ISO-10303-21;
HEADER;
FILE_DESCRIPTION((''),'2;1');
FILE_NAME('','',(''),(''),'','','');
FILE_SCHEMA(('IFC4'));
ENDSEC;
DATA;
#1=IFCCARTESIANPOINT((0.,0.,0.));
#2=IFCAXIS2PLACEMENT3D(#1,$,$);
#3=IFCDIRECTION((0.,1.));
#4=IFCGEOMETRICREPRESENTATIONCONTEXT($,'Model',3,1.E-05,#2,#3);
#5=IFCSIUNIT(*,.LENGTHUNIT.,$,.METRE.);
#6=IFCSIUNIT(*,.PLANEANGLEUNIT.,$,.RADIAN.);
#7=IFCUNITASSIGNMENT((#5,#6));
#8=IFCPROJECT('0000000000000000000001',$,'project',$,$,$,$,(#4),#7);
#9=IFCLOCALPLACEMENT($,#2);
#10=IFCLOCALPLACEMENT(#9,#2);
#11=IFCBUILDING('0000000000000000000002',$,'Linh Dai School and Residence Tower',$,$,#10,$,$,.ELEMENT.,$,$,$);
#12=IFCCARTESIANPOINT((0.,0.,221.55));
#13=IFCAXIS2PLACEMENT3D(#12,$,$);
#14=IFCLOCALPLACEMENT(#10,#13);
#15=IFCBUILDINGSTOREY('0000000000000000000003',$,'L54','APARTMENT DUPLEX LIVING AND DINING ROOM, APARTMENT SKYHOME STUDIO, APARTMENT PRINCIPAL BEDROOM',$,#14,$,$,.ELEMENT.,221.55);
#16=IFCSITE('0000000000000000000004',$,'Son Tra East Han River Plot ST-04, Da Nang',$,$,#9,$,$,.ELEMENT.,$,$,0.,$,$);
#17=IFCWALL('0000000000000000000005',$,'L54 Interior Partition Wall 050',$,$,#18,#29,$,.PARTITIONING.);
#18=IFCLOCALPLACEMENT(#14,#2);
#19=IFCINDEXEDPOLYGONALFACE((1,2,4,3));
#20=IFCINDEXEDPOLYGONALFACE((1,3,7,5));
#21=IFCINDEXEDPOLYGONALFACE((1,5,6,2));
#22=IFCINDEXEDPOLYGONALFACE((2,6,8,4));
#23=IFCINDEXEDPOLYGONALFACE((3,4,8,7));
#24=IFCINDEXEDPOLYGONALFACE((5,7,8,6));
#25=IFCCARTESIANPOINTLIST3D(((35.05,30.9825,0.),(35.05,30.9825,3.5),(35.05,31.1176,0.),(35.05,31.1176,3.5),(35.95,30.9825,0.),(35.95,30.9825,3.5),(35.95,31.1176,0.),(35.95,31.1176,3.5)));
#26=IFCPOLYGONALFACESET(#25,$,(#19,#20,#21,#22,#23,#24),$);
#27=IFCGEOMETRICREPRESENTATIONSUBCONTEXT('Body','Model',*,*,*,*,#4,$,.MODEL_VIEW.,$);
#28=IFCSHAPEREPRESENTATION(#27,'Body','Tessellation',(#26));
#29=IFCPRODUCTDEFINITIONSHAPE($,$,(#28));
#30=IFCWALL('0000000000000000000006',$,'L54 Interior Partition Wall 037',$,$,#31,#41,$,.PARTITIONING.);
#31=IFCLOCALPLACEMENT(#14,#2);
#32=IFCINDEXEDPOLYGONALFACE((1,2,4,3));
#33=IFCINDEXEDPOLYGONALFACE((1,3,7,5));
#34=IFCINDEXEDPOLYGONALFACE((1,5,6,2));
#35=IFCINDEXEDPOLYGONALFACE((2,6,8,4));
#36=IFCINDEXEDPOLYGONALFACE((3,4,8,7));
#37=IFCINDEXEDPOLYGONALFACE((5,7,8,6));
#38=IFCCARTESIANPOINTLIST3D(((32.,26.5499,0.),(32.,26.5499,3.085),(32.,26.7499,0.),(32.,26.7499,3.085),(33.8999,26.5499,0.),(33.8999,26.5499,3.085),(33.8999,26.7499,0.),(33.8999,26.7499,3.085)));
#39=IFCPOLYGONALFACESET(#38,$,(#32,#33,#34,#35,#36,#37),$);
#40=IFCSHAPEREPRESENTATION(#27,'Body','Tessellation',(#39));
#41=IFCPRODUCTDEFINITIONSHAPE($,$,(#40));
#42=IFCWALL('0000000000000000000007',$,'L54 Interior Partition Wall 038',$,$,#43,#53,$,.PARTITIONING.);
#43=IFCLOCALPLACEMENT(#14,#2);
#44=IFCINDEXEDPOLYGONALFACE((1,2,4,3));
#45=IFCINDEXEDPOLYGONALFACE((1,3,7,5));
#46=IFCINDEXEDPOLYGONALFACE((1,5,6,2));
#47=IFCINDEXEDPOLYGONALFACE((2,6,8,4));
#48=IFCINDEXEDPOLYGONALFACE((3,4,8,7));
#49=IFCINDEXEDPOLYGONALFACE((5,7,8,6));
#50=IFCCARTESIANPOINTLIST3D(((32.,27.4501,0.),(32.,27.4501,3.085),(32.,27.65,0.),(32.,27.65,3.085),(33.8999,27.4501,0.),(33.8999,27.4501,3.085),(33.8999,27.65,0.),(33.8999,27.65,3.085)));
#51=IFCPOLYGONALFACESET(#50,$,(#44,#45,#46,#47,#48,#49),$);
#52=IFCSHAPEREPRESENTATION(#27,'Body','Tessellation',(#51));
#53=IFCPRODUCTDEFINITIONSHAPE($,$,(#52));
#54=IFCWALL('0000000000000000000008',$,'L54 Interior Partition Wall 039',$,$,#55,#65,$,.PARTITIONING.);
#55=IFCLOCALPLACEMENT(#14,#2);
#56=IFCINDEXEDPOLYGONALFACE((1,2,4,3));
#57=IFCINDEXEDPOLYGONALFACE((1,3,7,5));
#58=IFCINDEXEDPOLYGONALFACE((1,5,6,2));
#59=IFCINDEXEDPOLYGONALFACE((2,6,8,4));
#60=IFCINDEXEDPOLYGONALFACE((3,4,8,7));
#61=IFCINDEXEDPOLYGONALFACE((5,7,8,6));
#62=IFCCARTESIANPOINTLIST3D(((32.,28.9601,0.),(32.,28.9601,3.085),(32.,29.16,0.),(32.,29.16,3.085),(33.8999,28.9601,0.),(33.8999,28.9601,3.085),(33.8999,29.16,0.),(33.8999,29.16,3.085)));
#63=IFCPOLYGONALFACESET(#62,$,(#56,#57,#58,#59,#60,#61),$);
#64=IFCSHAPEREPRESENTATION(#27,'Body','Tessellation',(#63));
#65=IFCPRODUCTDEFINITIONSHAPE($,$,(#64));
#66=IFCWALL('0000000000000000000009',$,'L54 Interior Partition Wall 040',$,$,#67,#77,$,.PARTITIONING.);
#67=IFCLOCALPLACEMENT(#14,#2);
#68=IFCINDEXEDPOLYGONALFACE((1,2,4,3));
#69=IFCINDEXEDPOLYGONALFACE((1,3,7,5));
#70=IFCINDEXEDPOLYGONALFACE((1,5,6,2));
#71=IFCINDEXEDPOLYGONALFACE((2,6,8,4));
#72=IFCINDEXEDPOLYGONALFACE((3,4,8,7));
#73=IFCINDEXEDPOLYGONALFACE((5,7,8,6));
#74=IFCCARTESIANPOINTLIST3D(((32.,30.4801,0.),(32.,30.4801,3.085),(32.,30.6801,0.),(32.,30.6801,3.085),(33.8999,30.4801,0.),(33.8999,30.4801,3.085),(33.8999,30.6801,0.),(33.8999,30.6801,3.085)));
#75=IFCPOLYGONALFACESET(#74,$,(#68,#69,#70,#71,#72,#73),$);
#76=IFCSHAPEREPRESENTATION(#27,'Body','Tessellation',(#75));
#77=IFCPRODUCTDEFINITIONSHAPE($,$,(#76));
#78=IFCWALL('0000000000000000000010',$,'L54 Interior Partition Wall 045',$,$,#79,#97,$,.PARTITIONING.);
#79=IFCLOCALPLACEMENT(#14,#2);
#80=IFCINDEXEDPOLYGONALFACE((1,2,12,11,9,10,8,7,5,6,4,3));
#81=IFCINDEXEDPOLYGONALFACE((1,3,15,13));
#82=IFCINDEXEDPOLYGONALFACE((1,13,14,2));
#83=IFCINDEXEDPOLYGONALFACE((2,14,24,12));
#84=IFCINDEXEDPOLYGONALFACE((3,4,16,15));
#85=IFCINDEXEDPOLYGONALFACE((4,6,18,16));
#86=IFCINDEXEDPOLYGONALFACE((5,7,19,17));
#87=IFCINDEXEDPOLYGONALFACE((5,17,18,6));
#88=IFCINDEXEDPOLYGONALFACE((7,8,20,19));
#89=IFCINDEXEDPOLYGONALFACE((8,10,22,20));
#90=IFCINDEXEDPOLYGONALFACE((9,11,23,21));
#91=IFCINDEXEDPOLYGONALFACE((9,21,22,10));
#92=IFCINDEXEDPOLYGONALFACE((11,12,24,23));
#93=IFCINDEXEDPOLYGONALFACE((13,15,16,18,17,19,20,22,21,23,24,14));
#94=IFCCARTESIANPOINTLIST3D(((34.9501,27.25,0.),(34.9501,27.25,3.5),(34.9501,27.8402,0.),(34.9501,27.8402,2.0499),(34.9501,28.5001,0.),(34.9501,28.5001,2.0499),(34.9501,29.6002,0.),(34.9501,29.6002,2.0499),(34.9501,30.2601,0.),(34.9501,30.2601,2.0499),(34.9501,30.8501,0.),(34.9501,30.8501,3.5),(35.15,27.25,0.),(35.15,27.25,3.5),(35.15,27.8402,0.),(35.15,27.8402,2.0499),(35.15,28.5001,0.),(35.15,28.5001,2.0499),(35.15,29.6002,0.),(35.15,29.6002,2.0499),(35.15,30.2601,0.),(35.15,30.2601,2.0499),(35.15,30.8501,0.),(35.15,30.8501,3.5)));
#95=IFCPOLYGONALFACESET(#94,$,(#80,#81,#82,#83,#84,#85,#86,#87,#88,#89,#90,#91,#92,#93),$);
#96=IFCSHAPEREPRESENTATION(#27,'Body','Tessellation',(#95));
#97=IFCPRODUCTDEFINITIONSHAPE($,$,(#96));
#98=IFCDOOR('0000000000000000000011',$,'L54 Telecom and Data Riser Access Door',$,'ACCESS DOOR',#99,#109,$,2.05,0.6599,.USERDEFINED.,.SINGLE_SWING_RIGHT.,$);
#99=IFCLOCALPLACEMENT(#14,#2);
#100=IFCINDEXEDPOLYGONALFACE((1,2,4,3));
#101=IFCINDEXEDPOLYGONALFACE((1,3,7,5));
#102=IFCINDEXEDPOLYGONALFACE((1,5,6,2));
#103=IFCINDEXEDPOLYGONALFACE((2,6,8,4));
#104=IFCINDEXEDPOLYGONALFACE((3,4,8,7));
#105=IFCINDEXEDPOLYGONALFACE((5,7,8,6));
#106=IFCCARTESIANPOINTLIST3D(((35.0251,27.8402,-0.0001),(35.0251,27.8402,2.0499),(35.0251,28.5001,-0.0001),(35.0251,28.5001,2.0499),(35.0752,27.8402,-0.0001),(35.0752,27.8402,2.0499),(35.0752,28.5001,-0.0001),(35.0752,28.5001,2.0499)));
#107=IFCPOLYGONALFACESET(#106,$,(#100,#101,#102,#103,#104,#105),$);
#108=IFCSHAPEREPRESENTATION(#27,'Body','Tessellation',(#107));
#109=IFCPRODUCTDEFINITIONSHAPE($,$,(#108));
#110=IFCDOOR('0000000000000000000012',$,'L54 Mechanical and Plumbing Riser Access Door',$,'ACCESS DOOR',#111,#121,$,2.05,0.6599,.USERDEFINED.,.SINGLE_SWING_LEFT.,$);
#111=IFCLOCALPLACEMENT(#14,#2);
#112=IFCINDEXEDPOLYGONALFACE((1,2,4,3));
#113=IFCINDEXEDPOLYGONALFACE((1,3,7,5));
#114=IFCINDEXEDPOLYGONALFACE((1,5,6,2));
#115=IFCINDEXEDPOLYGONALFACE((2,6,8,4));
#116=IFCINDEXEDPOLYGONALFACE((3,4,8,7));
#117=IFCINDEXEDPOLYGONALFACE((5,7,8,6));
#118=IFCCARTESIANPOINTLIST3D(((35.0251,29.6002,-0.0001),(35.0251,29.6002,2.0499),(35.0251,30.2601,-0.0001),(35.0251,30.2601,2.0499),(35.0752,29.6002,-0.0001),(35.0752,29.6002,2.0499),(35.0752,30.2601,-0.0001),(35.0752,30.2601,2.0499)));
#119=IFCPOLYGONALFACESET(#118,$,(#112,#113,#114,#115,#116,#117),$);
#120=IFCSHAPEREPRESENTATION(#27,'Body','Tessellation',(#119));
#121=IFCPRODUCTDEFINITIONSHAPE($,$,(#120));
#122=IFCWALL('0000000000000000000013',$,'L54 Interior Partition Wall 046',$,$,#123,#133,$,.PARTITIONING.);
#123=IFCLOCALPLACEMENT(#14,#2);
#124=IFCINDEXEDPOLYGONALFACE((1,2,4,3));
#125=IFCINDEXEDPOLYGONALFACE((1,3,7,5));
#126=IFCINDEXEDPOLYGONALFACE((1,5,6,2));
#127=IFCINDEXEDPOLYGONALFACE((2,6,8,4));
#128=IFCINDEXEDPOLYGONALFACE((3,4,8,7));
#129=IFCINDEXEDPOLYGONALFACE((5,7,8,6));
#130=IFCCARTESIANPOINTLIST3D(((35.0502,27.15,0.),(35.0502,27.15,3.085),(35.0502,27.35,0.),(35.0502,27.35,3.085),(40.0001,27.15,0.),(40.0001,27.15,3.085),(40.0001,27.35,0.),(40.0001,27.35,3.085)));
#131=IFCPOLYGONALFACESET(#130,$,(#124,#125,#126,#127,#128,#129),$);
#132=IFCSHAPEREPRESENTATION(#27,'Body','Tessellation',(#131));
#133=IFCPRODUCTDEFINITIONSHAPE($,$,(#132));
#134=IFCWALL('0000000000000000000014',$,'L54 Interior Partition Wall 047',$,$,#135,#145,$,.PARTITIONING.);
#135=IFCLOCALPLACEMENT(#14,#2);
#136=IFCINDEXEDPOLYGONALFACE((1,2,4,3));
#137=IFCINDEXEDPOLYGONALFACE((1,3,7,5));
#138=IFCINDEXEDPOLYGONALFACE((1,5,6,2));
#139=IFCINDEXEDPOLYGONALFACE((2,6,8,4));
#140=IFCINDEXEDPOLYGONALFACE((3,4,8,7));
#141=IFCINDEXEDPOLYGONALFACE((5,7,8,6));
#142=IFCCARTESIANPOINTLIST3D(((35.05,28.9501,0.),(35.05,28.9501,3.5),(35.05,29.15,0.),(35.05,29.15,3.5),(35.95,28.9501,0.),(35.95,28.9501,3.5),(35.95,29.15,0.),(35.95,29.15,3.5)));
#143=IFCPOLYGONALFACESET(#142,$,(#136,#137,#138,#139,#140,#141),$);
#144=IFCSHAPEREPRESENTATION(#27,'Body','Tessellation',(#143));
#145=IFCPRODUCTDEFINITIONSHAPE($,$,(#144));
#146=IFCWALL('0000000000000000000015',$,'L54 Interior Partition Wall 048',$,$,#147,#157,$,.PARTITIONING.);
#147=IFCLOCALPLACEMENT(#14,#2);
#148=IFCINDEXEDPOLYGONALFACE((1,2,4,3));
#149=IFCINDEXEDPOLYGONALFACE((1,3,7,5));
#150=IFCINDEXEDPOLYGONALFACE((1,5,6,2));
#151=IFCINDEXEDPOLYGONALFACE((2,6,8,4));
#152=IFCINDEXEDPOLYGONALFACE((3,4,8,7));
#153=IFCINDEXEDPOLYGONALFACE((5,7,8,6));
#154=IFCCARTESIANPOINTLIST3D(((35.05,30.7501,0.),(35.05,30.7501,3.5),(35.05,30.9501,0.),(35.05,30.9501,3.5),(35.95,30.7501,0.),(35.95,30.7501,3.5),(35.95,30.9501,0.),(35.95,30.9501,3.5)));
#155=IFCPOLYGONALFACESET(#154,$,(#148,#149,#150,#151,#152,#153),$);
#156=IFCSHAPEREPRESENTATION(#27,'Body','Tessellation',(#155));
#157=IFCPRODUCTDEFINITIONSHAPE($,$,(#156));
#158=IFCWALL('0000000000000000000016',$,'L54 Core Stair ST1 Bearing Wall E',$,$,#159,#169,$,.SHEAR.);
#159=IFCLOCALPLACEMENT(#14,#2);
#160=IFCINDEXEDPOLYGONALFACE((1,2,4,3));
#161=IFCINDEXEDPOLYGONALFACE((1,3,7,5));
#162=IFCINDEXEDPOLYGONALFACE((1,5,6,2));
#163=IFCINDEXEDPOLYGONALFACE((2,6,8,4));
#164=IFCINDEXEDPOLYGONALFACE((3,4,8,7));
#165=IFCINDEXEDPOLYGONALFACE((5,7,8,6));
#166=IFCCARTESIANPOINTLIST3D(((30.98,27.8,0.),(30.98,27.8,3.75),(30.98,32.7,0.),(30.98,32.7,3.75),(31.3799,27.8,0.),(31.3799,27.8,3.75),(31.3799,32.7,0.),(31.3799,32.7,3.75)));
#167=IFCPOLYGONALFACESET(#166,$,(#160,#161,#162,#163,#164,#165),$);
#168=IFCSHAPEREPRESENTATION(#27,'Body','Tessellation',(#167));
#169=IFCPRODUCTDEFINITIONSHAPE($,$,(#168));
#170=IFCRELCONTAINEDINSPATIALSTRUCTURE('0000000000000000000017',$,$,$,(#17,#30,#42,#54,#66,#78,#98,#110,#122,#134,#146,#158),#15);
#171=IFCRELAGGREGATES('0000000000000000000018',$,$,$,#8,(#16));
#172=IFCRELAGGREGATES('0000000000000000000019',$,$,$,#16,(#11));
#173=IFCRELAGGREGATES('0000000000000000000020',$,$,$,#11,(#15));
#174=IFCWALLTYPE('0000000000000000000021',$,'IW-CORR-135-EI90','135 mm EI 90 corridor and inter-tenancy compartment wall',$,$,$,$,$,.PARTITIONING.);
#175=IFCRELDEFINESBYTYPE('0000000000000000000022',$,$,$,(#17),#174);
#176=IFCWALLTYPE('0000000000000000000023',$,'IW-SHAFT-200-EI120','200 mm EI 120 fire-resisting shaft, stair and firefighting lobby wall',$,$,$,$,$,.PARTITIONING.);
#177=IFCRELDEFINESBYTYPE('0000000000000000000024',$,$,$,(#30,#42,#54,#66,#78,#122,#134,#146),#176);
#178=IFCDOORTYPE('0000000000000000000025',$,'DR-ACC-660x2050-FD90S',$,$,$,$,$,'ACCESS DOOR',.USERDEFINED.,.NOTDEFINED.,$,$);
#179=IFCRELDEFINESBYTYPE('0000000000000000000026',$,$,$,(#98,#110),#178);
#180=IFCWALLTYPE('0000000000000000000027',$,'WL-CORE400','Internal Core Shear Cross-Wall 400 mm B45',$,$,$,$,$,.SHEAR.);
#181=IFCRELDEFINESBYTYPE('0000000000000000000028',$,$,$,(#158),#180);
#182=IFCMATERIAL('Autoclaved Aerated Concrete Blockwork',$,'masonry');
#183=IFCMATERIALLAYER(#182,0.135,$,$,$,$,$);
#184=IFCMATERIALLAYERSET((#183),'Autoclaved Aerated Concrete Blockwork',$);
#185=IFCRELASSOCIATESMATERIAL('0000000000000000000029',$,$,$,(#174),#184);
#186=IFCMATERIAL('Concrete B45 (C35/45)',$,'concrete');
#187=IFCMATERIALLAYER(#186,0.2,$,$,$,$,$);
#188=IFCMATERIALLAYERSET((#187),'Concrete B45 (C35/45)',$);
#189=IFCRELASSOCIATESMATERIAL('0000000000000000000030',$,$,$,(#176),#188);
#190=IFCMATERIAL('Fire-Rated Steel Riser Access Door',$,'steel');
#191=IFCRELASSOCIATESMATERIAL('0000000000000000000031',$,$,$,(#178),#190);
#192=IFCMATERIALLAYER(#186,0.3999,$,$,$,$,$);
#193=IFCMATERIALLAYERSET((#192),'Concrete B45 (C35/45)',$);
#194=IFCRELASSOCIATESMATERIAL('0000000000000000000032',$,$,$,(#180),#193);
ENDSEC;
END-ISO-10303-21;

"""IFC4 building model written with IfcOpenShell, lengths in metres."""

from ifc_helpers import new_model, si_unit, direction, frame, frame_2d, origin, origin_2d, place, context, subcontext, project, spatial, rectangle, extrude, source, transform, mapped, material, layer, layer_set, type_object, element, fill, save


model = new_model("IFC4")

# Units and contexts
model_context = context("Model", 3, precision=1e-05, world=origin(), true_north=direction((0.0, 1.0)))
body_context = subcontext(model_context, "Body", "Model", "MODEL_VIEW")
ifc_project = project(units=[si_unit("LENGTHUNIT", "METRE"), si_unit("PLANEANGLEUNIT", "RADIAN")], contexts=[model_context])

# Site, building, storey
site_placement = place(None, origin())
site = spatial("IfcSite", under=ifc_project, at=site_placement, Name="Son Tra East Han River Plot ST-04, Da Nang", CompositionType="ELEMENT", RefElevation=0.0)
building_placement = place(site_placement, origin())
building = spatial("IfcBuilding", under=site, at=building_placement, Name="Linh Dai School and Residence Tower", CompositionType="ELEMENT")
storey_placement = place(building_placement, frame((0.0, 0.0, 221.55)))
storey = spatial("IfcBuildingStorey", under=building, at=storey_placement, Name="L54", Description="APARTMENT DUPLEX LIVING AND DINING ROOM, APARTMENT SKYHOME STUDIO, APARTMENT PRINCIPAL BEDROOM", CompositionType="ELEMENT", Elevation=221.55)

# Shared definitions
ifc_material_1 = material(Name="Autoclaved Aerated Concrete Blockwork", Category="masonry")
ifc_layer_1 = layer(ifc_material_1, 0.135)
ifc_layer_set_1 = layer_set([ifc_layer_1], Name="Autoclaved Aerated Concrete Blockwork")
wall_type_1 = type_object("IfcWallType", Name="IW-CORR-135-EI90", Description="135 mm EI 90 corridor and inter-tenancy compartment wall", PredefinedType="PARTITIONING", material=ifc_layer_set_1)

# Walls
wall_1_placement = place(storey_placement, frame((35.05, 31.05, 0.0), z_axis=(0.0, 0.0, 1.0), x_axis=(1.0, 0.0, 0.0)))
element("IfcWall", 1, at=wall_1_placement, inside=storey, type_object=wall_type_1, Name="L54 Interior Partition Wall 050", PredefinedType="PARTITIONING", context=body_context, shape_type="SweptSolid", body=[
    extrude(rectangle(XDim=0.8999, YDim=0.135, at=frame_2d((0.45, 0.0))), origin(), (0.0, 0.0, 1.0), 3.5),
])
ifc_material_2 = material(Name="Concrete B45 (C35/45)", Category="concrete")
ifc_layer_2 = layer(ifc_material_2, 0.2)
ifc_layer_set_2 = layer_set([ifc_layer_2], Name="Concrete B45 (C35/45)")
wall_type_2 = type_object("IfcWallType", Name="IW-SHAFT-200-EI120", Description="200 mm EI 120 fire-resisting shaft, stair and firefighting lobby wall", PredefinedType="PARTITIONING", material=ifc_layer_set_2)
for number, where, z_axis, x_axis, name in (
    (2, (32.0, 26.6499, 0.0), (0.0, 0.0, 1.0), (1.0, 0.0, 0.0), "L54 Interior Partition Wall 037"),
    (3, (32.0, 27.55, 0.0), (0.0, 0.0, 1.0), (1.0, 0.0, 0.0), "L54 Interior Partition Wall 038"),
    (4, (32.0, 29.0601, 0.0), (0.0, 0.0, 1.0), (1.0, 0.0, 0.0), "L54 Interior Partition Wall 039"),
    (5, (32.0, 30.5801, 0.0), (0.0, 0.0, 1.0), (1.0, 0.0, 0.0), "L54 Interior Partition Wall 040"),
):
    element("IfcWall", number, at=place(storey_placement, frame(where, z_axis=z_axis, x_axis=x_axis)), inside=storey, type_object=wall_type_2, Name=name, PredefinedType="PARTITIONING", context=body_context, shape_type="SweptSolid", body=[
        extrude(rectangle(XDim=1.8999, YDim=0.2, at=frame_2d((0.95, 0.0))), origin(), (0.0, 0.0, 1.0), 3.085),
    ])

# Wall, openings, doors
wall_2_placement = place(storey_placement, frame((35.05, 27.25, 0.0), z_axis=(0.0, 0.0, 1.0), x_axis=(0.0, 1.0, 0.0)))
wall_2 = element("IfcWall", 6, at=wall_2_placement, inside=storey, type_object=wall_type_2, Name="L54 Interior Partition Wall 045", PredefinedType="PARTITIONING", context=body_context, shape_type="SweptSolid", body=[
    extrude(rectangle(XDim=3.6001, YDim=0.2, at=frame_2d((1.8, 0.0))), origin(), (0.0, 0.0, 1.0), 3.5),
])
opening_1_placement = place(wall_2_placement, frame((0.5901, 0.0, 0.0)))
opening_1 = element("IfcOpeningElement", 7, at=opening_1_placement, cuts=wall_2, PredefinedType="OPENING", context=body_context, shape_type="SweptSolid", body=[
    extrude(rectangle(XDim=0.6599, YDim=2.05, at=origin_2d()), frame((0.3301, 0.1099, 1.0249), z_axis=(0.0, -1.0, 0.0), x_axis=(1.0, 0.0, 0.0)), (0.0, 0.0, 1.0), 0.22),
])
opening_2_placement = place(wall_2_placement, frame((2.3501, 0.0, 0.0)))
opening_2 = element("IfcOpeningElement", 8, at=opening_2_placement, cuts=wall_2, PredefinedType="OPENING", context=body_context, shape_type="SweptSolid", body=[
    extrude(rectangle(XDim=0.6599, YDim=2.05, at=origin_2d()), frame((0.3301, 0.1099, 1.0249), z_axis=(0.0, -1.0, 0.0), x_axis=(1.0, 0.0, 0.0)), (0.0, 0.0, 1.0), 0.22),
])
ifc_material_3 = material(Name="Fire-Rated Steel Riser Access Door", Category="steel")
door_type_1 = type_object("IfcDoorType", Name="DR-ACC-660x2050-FD90S", ElementType="ACCESS DOOR", OperationType="NOTDEFINED", PredefinedType="USERDEFINED", material=ifc_material_3)
shared_shape_1 = source(origin(), body_context, "Body", "SweptSolid", [
    extrude(rectangle(XDim=0.6599, YDim=2.05, at=origin_2d()), frame((0.3301, 0.0249, 1.0249), z_axis=(0.0, -1.0, 0.0), x_axis=(1.0, 0.0, 0.0)), (0.0, 0.0, 1.0), 0.05),
])
door_1_placement = place(opening_1_placement, origin())
door_1 = element("IfcDoor", 9, at=door_1_placement, inside=storey, type_object=door_type_1, Name="L54 Telecom and Data Riser Access Door", ObjectType="ACCESS DOOR", OperationType="SINGLE_SWING_RIGHT", OverallHeight=2.05, OverallWidth=0.6599, PredefinedType="USERDEFINED", context=body_context, shape_type="MappedRepresentation", body=[
    mapped(shared_shape_1, transform((0.0, 0.0, 0.0), x_axis=(1.0, 0.0, 0.0), y_axis=(0.0, 1.0, 0.0), z_axis=(0.0, 0.0, 1.0), scale=1.0)),
])
fill(opening_1, door_1)
door_2_placement = place(opening_2_placement, origin())
door_2 = element("IfcDoor", 10, at=door_2_placement, inside=storey, type_object=door_type_1, Name="L54 Mechanical and Plumbing Riser Access Door", ObjectType="ACCESS DOOR", OperationType="SINGLE_SWING_LEFT", OverallHeight=2.05, OverallWidth=0.6599, PredefinedType="USERDEFINED", context=body_context, shape_type="MappedRepresentation", body=[
    mapped(shared_shape_1, transform((0.0, 0.0, 0.0), x_axis=(1.0, 0.0, 0.0), y_axis=(0.0, 1.0, 0.0), z_axis=(0.0, 0.0, 1.0), scale=1.0)),
])
fill(opening_2, door_2)

# Walls
wall_3_placement = place(storey_placement, frame((35.05, 27.25, 0.0), z_axis=(0.0, 0.0, 1.0), x_axis=(1.0, 0.0, 0.0)))
element("IfcWall", 11, at=wall_3_placement, inside=storey, type_object=wall_type_2, Name="L54 Interior Partition Wall 046", PredefinedType="PARTITIONING", context=body_context, shape_type="SweptSolid", body=[
    extrude(rectangle(XDim=4.95, YDim=0.2, at=frame_2d((2.4751, 0.0))), origin(), (0.0, 0.0, 1.0), 3.085),
])
for number, where, z_axis, x_axis, name in (
    (12, (35.05, 29.05, 0.0), (0.0, 0.0, 1.0), (1.0, 0.0, 0.0), "L54 Interior Partition Wall 047"),
    (13, (35.05, 30.8501, 0.0), (0.0, 0.0, 1.0), (1.0, 0.0, 0.0), "L54 Interior Partition Wall 048"),
):
    element("IfcWall", number, at=place(storey_placement, frame(where, z_axis=z_axis, x_axis=x_axis)), inside=storey, type_object=wall_type_2, Name=name, PredefinedType="PARTITIONING", context=body_context, shape_type="SweptSolid", body=[
        extrude(rectangle(XDim=0.8999, YDim=0.2, at=frame_2d((0.45, 0.0))), origin(), (0.0, 0.0, 1.0), 3.5),
    ])
ifc_layer_3 = layer(ifc_material_2, 0.3999)
ifc_layer_set_3 = layer_set([ifc_layer_3], Name="Concrete B45 (C35/45)")
wall_type_3 = type_object("IfcWallType", Name="WL-CORE400", Description="Internal Core Shear Cross-Wall 400 mm B45", PredefinedType="SHEAR", material=ifc_layer_set_3)
wall_4_placement = place(storey_placement, frame((31.1799, 27.8, 0.0), z_axis=(0.0, 0.0, 1.0), x_axis=(0.0, 1.0, 0.0)))
element("IfcWall", 14, at=wall_4_placement, inside=storey, type_object=wall_type_3, Name="L54 Core Stair ST1 Bearing Wall E", PredefinedType="SHEAR", context=body_context, shape_type="SweptSolid", body=[
    extrude(rectangle(XDim=4.8999, YDim=0.3999, at=frame_2d((2.45, 0.0))), origin(), (0.0, 0.0, 1.0), 3.75),
])

save(model, "model.ifc")
